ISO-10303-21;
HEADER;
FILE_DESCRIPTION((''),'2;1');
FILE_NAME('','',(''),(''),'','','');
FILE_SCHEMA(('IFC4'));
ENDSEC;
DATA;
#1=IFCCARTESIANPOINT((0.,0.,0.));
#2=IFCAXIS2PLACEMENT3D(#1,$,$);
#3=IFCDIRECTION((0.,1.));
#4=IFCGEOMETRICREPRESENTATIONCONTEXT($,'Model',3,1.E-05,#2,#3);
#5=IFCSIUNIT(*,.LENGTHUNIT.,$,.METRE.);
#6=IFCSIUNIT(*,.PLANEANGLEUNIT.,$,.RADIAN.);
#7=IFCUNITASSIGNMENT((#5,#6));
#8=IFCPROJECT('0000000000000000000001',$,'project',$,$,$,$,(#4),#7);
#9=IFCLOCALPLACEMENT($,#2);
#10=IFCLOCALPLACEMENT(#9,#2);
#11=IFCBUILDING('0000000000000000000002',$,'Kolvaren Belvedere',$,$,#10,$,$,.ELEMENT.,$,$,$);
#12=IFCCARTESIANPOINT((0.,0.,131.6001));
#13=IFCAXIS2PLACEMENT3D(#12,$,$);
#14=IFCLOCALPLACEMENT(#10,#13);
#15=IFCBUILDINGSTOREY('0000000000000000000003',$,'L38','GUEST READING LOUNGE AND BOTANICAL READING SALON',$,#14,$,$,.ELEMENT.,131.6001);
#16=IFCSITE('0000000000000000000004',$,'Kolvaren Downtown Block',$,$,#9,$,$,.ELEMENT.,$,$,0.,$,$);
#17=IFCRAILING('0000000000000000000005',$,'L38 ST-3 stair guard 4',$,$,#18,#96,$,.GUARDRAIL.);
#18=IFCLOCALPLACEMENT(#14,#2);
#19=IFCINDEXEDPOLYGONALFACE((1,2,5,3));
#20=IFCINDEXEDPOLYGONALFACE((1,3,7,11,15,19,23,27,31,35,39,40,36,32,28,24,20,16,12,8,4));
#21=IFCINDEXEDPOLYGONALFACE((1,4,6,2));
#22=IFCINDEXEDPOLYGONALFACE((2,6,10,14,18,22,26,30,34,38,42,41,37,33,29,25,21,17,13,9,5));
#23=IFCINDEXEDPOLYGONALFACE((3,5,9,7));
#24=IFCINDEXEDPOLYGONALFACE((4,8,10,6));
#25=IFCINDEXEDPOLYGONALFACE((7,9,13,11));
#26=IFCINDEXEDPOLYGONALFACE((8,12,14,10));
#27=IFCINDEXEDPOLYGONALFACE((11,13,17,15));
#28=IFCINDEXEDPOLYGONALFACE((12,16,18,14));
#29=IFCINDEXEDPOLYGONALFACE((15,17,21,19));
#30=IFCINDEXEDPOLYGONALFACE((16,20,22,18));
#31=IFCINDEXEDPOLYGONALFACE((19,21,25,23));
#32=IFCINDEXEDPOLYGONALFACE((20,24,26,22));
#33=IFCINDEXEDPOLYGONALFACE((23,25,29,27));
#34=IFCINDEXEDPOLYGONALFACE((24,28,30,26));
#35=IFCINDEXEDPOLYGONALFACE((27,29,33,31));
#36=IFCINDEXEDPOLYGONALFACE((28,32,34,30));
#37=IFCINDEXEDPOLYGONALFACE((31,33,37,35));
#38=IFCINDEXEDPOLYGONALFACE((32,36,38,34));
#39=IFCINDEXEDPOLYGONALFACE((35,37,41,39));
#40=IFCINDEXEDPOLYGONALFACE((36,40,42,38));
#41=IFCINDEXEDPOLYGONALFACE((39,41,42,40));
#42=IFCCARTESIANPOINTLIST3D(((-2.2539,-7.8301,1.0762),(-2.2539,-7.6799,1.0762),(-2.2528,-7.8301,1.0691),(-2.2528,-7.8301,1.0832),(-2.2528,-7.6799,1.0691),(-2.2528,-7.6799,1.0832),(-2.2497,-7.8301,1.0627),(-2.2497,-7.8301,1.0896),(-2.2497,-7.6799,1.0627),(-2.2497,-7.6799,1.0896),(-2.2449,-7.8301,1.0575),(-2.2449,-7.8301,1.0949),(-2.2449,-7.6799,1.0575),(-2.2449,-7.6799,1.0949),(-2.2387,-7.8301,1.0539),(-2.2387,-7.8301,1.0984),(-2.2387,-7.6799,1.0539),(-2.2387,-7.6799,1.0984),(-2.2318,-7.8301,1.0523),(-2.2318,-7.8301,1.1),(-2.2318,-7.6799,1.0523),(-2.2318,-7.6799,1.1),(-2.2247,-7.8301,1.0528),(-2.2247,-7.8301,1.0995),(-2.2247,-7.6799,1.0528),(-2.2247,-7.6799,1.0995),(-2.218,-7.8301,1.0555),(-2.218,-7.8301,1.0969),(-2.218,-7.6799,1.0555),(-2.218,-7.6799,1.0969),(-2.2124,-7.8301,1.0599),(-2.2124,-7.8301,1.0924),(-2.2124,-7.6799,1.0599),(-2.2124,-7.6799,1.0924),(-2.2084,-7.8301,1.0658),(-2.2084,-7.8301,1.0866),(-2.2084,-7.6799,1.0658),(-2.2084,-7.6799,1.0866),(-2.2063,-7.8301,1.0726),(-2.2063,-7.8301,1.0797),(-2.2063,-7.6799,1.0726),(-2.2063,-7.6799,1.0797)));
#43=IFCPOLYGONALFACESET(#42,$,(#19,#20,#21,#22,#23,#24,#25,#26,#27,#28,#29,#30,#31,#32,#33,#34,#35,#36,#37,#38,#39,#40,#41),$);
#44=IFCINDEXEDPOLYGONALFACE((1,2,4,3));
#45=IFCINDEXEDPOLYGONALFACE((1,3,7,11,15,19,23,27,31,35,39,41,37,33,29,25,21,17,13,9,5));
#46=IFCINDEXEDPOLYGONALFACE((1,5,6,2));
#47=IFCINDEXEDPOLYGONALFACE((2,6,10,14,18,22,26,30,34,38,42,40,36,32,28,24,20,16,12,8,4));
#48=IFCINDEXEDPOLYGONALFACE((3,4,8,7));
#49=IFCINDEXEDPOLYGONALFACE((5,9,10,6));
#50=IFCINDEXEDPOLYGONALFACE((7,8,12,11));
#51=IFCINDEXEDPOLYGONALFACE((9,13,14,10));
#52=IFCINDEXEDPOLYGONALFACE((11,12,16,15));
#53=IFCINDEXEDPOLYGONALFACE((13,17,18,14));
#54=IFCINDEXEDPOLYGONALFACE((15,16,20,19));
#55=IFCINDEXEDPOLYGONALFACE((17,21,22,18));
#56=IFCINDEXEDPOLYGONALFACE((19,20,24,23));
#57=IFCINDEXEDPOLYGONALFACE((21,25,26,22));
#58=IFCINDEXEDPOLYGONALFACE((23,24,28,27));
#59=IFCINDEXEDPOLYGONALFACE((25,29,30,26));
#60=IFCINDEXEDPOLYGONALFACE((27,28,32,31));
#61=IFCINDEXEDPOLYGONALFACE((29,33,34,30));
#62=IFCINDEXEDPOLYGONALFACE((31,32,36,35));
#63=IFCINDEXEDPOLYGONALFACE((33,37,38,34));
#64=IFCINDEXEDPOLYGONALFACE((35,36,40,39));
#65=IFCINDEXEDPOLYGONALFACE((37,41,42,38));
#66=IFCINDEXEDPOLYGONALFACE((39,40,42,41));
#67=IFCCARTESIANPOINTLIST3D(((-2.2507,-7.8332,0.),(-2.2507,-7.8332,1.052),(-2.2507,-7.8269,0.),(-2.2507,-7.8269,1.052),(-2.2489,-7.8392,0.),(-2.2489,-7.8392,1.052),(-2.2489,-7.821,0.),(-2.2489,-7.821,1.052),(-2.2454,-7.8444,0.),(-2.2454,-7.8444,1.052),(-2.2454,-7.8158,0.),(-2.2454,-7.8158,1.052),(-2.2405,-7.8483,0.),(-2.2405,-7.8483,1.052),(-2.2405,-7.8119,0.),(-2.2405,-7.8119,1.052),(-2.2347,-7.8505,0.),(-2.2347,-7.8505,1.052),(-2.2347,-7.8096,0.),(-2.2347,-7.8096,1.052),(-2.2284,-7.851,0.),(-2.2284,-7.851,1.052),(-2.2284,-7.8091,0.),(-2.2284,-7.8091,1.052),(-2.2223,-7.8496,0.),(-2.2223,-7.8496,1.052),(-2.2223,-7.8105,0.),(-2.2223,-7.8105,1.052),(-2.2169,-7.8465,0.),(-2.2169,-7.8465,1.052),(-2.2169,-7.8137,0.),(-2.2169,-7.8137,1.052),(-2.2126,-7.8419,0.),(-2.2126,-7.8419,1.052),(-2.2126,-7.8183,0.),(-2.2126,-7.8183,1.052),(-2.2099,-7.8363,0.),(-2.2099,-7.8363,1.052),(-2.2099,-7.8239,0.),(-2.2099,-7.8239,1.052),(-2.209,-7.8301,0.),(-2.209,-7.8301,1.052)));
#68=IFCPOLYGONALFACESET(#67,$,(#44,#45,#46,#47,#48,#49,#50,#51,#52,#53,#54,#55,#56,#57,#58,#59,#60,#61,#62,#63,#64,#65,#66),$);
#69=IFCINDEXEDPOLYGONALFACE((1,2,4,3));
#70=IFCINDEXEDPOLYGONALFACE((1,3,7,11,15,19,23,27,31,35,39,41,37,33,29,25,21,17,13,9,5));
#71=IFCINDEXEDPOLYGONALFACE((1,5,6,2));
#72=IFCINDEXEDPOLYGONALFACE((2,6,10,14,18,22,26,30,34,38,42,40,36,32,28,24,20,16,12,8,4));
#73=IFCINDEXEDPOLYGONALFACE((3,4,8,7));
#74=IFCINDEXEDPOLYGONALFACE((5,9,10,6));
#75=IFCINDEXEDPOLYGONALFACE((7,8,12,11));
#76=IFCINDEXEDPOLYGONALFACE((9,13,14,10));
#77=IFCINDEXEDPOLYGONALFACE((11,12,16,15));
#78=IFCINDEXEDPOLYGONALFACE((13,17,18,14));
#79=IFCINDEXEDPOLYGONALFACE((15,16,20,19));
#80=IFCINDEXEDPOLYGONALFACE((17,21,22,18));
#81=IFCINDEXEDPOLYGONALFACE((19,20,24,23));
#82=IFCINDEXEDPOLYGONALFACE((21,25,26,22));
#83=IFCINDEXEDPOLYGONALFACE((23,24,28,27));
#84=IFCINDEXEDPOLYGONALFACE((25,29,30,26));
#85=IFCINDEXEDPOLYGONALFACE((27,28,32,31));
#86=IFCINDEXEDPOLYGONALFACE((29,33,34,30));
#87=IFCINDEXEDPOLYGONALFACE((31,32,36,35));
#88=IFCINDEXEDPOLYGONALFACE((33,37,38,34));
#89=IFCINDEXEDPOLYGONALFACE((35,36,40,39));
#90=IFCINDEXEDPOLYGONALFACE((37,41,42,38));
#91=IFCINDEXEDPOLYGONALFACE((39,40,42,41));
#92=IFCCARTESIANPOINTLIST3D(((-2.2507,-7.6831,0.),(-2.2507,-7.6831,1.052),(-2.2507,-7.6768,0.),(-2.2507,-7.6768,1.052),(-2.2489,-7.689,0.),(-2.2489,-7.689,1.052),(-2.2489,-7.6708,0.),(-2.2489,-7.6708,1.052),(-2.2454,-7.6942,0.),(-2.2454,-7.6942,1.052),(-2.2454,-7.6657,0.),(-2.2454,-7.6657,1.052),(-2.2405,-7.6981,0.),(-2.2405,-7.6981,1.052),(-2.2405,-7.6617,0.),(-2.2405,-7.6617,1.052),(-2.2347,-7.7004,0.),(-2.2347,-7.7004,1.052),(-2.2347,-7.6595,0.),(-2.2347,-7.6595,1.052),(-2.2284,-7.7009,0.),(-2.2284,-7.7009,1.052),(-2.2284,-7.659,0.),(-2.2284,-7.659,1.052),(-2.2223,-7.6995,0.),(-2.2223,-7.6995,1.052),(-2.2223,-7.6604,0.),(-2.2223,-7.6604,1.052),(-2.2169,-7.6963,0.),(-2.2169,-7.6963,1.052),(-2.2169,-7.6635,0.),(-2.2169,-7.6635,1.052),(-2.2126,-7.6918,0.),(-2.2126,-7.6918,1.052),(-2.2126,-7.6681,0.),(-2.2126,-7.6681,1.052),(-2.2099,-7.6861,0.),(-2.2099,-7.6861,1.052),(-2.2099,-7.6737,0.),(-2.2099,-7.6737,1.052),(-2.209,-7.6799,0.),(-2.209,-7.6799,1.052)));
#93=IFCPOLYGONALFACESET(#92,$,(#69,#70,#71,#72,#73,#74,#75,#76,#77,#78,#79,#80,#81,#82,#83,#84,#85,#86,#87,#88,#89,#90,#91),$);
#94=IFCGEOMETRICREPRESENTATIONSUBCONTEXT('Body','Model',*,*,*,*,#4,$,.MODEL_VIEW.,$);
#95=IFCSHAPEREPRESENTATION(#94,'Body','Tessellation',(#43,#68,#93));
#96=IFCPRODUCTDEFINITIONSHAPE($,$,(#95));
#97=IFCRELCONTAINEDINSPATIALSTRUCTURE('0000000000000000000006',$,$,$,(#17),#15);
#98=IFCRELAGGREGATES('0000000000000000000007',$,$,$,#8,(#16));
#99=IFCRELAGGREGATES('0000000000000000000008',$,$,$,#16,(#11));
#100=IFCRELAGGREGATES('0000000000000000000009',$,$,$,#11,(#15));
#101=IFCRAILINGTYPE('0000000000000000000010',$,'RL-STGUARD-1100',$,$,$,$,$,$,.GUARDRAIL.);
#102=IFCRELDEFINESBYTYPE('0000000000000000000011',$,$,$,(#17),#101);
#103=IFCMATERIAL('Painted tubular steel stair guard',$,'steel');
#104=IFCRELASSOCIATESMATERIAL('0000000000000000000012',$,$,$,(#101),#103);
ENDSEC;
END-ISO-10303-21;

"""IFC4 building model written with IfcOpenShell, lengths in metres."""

from ifc_helpers import new_model, si_unit, direction, frame, origin, origin_2d, place, context, subcontext, project, spatial, circle, extrude, material, type_object, element, save


model = new_model("IFC4")

# Units and contexts
model_context = context("Model", 3, precision=1e-05, world=origin(), true_north=direction((0.0, 1.0)))
body_context = subcontext(model_context, "Body", "Model", "MODEL_VIEW")
ifc_project = project(units=[si_unit("LENGTHUNIT", "METRE"), si_unit("PLANEANGLEUNIT", "RADIAN")], contexts=[model_context])

# Site, building, storey
site_placement = place(None, origin())
site = spatial("IfcSite", under=ifc_project, at=site_placement, Name="Kolvaren Downtown Block", CompositionType="ELEMENT", RefElevation=0.0)
building_placement = place(site_placement, origin())
building = spatial("IfcBuilding", under=site, at=building_placement, Name="Kolvaren Belvedere", CompositionType="ELEMENT")
storey_placement = place(building_placement, frame((0.0, 0.0, 131.6001)))
storey = spatial("IfcBuildingStorey", under=building, at=storey_placement, Name="L38", Description="GUEST READING LOUNGE AND BOTANICAL READING SALON", CompositionType="ELEMENT", Elevation=131.6001)

# Railing
ifc_material_1 = material(Name="Painted tubular steel stair guard", Category="steel")
railing_type_1 = type_object("IfcRailingType", Name="RL-STGUARD-1100", PredefinedType="GUARDRAIL", material=ifc_material_1)
railing_1_placement = place(storey_placement, frame((-2.23, -7.8301, 0.0)))
element("IfcRailing", 1, at=railing_1_placement, inside=storey, type_object=railing_type_1, Name="L38 ST-3 stair guard 4", PredefinedType="GUARDRAIL", context=body_context, shape_type="SweptSolid", body=[
    extrude(circle(Radius=0.0239, at=origin_2d()), frame((0.0, 0.0, 1.0762), z_axis=(0.0, 1.0, 0.0), x_axis=(-1.0, 0.0, 0.0)), (0.0, 0.0, 1.0), 0.1501),
    extrude(circle(Radius=0.021, at=origin_2d()), origin(), (0.0, 0.0, 1.0), 1.052),
    extrude(circle(Radius=0.021, at=origin_2d()), frame((0.0, 0.1501, 0.0)), (0.0, 0.0, 1.0), 1.052),
])

save(model, "model.ifc")
